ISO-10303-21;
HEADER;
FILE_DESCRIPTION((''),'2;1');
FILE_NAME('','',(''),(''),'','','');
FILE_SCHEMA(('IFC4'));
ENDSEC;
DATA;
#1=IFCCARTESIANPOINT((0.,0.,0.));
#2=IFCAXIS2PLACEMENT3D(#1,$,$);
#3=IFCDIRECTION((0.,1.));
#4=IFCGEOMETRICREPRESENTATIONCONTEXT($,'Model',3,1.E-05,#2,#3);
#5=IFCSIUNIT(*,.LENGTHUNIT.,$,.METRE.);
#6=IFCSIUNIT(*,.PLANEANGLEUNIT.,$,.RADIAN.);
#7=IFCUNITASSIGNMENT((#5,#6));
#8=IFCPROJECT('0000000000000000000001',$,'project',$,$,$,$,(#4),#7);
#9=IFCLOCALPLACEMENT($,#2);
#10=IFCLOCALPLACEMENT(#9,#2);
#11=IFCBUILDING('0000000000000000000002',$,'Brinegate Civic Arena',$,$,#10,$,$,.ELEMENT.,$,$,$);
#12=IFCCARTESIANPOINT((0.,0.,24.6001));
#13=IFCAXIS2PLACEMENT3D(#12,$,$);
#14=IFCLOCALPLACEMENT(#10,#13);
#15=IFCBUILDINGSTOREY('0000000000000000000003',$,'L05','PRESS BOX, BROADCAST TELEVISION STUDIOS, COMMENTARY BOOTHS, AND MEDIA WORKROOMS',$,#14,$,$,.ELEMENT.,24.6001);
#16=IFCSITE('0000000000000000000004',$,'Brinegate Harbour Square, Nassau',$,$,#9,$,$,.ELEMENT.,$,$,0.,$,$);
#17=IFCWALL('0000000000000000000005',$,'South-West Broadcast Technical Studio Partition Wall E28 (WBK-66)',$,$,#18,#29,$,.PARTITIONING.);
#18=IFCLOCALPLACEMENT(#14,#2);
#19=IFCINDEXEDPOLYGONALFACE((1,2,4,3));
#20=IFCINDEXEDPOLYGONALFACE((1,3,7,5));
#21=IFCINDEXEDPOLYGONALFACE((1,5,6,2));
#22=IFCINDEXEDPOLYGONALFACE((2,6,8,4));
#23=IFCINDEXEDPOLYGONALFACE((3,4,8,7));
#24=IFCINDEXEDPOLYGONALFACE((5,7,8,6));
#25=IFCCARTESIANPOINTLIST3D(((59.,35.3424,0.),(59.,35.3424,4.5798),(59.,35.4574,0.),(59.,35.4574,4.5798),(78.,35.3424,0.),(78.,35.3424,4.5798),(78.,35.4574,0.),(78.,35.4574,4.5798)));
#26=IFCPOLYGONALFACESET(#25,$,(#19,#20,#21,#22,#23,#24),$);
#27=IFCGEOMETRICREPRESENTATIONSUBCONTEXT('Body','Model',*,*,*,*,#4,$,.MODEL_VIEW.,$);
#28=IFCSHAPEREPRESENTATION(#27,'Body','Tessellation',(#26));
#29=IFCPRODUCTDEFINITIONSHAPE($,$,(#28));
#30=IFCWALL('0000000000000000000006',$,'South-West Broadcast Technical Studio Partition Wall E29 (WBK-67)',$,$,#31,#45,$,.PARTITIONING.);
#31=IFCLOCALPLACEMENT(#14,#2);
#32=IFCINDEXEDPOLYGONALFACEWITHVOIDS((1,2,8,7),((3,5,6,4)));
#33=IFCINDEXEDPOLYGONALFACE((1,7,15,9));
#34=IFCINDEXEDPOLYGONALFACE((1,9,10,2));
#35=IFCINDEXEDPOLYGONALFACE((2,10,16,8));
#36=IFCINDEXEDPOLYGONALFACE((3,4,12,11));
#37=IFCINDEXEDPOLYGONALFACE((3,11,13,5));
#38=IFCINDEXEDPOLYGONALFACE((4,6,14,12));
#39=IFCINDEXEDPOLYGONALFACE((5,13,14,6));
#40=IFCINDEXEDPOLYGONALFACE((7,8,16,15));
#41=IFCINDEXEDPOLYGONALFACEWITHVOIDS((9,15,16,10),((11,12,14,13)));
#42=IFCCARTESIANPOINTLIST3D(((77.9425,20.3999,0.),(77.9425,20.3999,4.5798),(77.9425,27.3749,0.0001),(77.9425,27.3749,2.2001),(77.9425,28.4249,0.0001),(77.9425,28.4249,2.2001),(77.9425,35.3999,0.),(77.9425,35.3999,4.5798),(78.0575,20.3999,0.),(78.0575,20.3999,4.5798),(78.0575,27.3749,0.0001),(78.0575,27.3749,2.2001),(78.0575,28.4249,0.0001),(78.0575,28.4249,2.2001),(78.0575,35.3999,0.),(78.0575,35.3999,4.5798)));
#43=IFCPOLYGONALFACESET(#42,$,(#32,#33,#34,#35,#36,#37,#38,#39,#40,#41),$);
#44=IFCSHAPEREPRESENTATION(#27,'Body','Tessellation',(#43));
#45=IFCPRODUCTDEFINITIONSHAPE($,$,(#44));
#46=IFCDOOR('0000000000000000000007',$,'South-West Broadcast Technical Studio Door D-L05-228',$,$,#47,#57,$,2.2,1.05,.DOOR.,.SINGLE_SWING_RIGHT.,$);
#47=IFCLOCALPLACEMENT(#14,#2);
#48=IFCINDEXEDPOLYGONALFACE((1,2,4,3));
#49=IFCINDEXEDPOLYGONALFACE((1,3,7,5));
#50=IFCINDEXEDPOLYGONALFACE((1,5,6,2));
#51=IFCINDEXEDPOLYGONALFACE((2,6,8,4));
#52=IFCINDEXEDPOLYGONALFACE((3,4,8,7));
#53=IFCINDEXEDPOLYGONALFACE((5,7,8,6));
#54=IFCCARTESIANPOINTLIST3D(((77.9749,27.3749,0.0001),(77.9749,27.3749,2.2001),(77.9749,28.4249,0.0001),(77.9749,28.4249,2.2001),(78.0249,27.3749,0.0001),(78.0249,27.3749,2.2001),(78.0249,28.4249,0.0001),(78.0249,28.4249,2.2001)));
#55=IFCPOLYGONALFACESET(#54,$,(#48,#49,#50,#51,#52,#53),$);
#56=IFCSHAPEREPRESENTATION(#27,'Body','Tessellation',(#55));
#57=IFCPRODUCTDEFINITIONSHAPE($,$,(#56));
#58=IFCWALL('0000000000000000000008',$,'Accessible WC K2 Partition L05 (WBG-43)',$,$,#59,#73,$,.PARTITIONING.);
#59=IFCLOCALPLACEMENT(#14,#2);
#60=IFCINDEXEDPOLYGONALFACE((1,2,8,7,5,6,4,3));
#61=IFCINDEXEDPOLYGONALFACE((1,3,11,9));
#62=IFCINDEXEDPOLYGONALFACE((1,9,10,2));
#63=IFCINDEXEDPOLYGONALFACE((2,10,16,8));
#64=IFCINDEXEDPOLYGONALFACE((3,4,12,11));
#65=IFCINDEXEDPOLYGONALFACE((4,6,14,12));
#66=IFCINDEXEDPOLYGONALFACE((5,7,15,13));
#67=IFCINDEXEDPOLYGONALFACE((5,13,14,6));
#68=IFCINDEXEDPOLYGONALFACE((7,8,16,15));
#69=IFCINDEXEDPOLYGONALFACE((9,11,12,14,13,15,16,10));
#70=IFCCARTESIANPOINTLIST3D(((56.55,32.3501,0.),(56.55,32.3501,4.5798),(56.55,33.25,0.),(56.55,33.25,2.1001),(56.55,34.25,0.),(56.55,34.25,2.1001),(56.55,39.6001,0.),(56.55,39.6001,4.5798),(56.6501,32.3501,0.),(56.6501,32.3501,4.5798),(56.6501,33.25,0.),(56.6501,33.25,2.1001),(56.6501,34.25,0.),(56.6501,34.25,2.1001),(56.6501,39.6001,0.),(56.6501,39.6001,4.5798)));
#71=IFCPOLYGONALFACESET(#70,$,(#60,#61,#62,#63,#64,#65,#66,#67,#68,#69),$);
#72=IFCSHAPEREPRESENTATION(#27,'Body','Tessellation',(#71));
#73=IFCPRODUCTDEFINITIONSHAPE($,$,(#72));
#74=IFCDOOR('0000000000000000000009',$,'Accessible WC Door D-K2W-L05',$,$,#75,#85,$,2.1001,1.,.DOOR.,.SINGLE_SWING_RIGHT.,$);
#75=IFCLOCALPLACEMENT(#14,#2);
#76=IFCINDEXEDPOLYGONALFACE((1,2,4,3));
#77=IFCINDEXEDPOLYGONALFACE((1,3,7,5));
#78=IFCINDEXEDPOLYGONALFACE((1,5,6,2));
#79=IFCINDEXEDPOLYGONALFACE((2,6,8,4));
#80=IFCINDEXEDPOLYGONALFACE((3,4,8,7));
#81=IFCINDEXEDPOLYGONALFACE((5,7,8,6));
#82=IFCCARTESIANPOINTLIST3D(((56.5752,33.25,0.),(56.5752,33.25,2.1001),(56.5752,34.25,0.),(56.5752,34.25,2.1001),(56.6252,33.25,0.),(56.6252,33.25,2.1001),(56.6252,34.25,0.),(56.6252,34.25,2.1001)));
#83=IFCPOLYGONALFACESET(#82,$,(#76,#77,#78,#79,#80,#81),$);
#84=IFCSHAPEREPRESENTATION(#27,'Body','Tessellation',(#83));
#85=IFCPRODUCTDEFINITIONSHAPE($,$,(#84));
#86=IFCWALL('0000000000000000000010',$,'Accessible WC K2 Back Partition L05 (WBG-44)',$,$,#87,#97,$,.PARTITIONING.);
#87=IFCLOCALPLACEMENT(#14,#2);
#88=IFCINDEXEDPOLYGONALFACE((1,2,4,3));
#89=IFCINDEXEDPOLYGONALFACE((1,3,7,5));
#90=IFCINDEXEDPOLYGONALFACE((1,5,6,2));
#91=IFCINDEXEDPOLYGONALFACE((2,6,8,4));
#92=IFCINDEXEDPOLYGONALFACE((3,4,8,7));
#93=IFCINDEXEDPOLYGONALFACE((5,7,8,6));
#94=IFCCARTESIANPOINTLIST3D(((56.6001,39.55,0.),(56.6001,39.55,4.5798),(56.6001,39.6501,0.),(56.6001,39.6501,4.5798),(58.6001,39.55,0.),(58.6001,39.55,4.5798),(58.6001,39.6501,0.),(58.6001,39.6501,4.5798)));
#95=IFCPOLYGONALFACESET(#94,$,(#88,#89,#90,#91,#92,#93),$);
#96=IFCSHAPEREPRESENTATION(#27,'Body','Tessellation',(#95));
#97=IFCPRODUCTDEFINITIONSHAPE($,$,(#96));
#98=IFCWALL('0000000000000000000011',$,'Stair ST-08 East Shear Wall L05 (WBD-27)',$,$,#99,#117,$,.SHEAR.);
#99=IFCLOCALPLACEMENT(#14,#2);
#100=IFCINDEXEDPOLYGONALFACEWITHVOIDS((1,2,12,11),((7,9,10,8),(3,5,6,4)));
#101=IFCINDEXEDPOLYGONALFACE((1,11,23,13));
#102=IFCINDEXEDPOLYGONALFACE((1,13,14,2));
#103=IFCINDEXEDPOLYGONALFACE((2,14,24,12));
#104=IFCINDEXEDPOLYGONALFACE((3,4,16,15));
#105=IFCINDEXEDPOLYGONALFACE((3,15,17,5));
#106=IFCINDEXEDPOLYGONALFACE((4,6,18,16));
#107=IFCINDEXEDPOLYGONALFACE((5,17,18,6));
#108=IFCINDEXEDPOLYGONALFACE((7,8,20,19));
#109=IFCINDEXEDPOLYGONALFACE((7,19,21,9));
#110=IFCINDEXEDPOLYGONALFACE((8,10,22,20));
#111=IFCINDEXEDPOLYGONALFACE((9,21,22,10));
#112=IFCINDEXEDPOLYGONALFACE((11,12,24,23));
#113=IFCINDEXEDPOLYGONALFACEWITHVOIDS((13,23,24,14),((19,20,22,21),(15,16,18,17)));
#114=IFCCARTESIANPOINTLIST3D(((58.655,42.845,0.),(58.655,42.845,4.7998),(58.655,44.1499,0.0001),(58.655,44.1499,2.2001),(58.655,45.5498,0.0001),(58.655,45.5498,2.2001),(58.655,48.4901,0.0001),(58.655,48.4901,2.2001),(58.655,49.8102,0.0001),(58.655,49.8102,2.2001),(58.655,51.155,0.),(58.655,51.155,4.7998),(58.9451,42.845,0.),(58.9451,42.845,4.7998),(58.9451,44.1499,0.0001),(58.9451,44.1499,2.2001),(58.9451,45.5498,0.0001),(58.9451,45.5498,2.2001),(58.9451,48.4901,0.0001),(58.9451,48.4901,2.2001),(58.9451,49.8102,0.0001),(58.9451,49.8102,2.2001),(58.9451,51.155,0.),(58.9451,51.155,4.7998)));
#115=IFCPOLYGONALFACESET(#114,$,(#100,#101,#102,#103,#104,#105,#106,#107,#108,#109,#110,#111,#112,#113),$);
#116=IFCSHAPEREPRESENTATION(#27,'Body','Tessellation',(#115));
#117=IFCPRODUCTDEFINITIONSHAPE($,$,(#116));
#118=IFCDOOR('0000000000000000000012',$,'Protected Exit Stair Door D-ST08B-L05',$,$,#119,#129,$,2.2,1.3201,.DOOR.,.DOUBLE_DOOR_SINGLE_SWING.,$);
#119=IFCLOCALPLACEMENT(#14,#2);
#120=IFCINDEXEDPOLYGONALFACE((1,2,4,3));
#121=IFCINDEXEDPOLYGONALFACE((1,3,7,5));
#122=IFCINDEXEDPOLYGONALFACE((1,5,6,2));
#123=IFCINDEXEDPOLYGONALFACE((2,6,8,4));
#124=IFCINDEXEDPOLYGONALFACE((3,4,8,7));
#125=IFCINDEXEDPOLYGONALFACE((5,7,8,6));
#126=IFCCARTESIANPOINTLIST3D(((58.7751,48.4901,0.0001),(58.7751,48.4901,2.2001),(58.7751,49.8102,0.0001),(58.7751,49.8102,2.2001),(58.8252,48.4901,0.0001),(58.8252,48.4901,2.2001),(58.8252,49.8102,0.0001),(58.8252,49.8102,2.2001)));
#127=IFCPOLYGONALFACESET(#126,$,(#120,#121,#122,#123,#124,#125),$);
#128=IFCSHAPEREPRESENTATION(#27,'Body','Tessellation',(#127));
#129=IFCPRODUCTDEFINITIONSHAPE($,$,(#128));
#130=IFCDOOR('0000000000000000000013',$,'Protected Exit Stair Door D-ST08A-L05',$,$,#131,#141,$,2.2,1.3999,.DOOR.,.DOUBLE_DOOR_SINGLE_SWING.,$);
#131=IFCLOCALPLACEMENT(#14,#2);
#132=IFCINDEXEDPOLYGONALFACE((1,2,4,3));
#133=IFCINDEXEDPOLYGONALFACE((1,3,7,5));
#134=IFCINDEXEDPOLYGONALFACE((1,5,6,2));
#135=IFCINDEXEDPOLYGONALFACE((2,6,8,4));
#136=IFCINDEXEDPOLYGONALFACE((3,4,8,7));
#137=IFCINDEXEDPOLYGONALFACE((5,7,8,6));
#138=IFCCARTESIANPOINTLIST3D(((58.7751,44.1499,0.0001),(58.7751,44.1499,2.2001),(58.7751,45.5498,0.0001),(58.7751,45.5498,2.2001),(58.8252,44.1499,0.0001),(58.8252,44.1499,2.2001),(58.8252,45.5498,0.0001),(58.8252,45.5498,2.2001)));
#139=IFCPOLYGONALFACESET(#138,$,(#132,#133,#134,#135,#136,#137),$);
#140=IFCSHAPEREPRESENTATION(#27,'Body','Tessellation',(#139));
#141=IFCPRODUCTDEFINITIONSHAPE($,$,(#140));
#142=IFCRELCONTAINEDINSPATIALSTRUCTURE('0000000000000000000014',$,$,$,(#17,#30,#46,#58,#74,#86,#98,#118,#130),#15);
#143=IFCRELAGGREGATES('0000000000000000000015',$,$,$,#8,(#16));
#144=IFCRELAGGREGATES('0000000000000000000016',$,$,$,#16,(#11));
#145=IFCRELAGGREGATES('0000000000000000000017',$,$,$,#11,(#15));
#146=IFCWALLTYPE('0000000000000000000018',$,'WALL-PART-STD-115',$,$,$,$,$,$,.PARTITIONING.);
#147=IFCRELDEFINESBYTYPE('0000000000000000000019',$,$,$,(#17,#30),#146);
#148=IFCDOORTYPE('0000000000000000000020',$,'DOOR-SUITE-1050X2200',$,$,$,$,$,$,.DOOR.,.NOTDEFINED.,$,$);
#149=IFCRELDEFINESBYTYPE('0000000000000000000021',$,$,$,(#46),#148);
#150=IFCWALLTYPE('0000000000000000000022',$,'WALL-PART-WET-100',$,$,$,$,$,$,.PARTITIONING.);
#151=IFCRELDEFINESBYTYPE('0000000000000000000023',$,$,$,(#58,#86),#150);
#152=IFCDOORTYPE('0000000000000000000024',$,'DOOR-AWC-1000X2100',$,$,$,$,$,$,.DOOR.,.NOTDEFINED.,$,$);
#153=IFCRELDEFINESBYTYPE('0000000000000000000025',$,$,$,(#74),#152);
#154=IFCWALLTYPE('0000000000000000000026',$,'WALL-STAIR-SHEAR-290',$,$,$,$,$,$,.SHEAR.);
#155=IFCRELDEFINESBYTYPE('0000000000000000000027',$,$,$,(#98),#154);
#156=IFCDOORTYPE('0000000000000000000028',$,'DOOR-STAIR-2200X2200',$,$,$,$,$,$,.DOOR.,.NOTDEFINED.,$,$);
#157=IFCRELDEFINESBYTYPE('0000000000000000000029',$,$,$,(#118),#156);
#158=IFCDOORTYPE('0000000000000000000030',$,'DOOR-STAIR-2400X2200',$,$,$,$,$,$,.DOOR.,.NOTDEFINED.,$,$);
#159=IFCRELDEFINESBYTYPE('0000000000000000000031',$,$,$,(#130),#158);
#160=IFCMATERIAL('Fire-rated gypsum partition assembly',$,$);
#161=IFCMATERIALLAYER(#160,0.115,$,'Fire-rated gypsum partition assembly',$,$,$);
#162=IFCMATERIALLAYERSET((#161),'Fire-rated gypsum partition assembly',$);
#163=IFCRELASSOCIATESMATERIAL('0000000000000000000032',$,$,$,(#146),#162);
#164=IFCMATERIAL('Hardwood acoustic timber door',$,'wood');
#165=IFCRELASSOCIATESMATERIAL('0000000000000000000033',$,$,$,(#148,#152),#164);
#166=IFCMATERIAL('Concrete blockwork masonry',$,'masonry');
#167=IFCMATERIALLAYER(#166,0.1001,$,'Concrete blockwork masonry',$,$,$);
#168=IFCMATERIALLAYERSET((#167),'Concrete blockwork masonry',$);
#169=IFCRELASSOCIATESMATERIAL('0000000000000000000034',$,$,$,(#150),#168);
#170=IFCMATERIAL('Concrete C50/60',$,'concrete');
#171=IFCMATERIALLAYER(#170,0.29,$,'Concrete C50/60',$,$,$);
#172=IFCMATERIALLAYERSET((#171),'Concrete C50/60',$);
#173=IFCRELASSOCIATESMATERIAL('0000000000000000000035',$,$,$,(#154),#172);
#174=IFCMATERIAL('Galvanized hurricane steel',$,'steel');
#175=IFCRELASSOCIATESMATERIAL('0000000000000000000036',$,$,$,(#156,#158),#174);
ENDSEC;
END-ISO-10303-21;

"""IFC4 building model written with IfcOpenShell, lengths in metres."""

from ifc_helpers import new_model, si_unit, direction, frame, frame_2d, origin, place, context, subcontext, project, spatial, rectangle, extrude, material, layer, layer_set, type_object, element, fill, save


model = new_model("IFC4")

# Units and contexts
model_context = context("Model", 3, precision=1e-05, world=origin(), true_north=direction((0.0, 1.0)))
body_context = subcontext(model_context, "Body", "Model", "MODEL_VIEW")
ifc_project = project(units=[si_unit("LENGTHUNIT", "METRE"), si_unit("PLANEANGLEUNIT", "RADIAN")], contexts=[model_context])

# Site, building, storey
site_placement = place(None, origin())
site = spatial("IfcSite", under=ifc_project, at=site_placement, Name="Brinegate Harbour Square, Nassau", CompositionType="ELEMENT", RefElevation=0.0)
building_placement = place(site_placement, origin())
building = spatial("IfcBuilding", under=site, at=building_placement, Name="Brinegate Civic Arena", CompositionType="ELEMENT")
storey_placement = place(building_placement, frame((0.0, 0.0, 24.6001)))
storey = spatial("IfcBuildingStorey", under=building, at=storey_placement, Name="L05", Description="PRESS BOX, BROADCAST TELEVISION STUDIOS, COMMENTARY BOOTHS, AND MEDIA WORKROOMS", CompositionType="ELEMENT", Elevation=24.6001)

# Shared definitions
ifc_material_1 = material(Name="Concrete C50/60", Category="concrete")

# Shared definitions
ifc_material_2 = material(Name="Fire-rated gypsum partition assembly")
ifc_material_3 = material(Name="Hardwood acoustic timber door", Category="wood")

# Wall
ifc_layer_1 = layer(ifc_material_2, 0.115, Name="Fire-rated gypsum partition assembly")
ifc_layer_set_1 = layer_set([ifc_layer_1], Name="Fire-rated gypsum partition assembly")
wall_type_1 = type_object("IfcWallType", Name="WALL-PART-STD-115", PredefinedType="PARTITIONING", material=ifc_layer_set_1)
wall_1_placement = place(storey_placement, frame((59.0, 35.3999, 0.0), z_axis=(0.0, 0.0, 1.0), x_axis=(1.0, 0.0, 0.0)))
element("IfcWall", 1, at=wall_1_placement, inside=storey, type_object=wall_type_1, Name="South-West Broadcast Technical Studio Partition Wall E28 (WBK-66)", PredefinedType="PARTITIONING", context=body_context, shape_type="SweptSolid", body=[
    extrude(rectangle(XDim=19.0, YDim=0.115, at=frame_2d((9.5, 0.0))), origin(), (0.0, 0.0, 1.0), 4.5798),
])

# Walls, openings, doors
wall_2_placement = place(storey_placement, frame((78.0, 35.3999, 0.0), z_axis=(0.0, 0.0, 1.0), x_axis=(0.0, -1.0, 0.0)))
wall_2 = element("IfcWall", 2, at=wall_2_placement, inside=storey, type_object=wall_type_1, Name="South-West Broadcast Technical Studio Partition Wall E29 (WBK-67)", PredefinedType="PARTITIONING", context=body_context, shape_type="SweptSolid", body=[
    extrude(rectangle(XDim=15.0, YDim=0.115, at=frame_2d((7.5, 0.0))), origin(), (0.0, 0.0, 1.0), 4.5798),
])
opening_1_placement = place(wall_2_placement, frame((6.9751, 0.0, 0.0)))
opening_1 = element("IfcOpeningElement", 3, at=opening_1_placement, cuts=wall_2, PredefinedType="OPENING", context=body_context, shape_type="SweptSolid", body=[
    extrude(rectangle(XDim=1.05, YDim=2.2, at=frame_2d((0.5249, 1.1001))), frame((0.0, 0.0674, 0.0), z_axis=(0.0, -1.0, 0.0), x_axis=(1.0, 0.0, 0.0)), (0.0, 0.0, 1.0), 0.135),
])
door_type_1 = type_object("IfcDoorType", Name="DOOR-SUITE-1050X2200", OperationType="NOTDEFINED", PredefinedType="DOOR", material=ifc_material_3)
door_1_placement = place(opening_1_placement, origin())
door_1 = element("IfcDoor", 4, at=door_1_placement, inside=storey, type_object=door_type_1, Name="South-West Broadcast Technical Studio Door D-L05-228", OperationType="SINGLE_SWING_RIGHT", OverallHeight=2.2, OverallWidth=1.05, PredefinedType="DOOR", context=body_context, shape_type="SweptSolid", body=[
    extrude(rectangle(XDim=1.05, YDim=2.2, at=frame_2d((0.5249, 1.1001))), frame((0.0, 0.0249, 0.0), z_axis=(0.0, -1.0, 0.0), x_axis=(1.0, 0.0, 0.0)), (0.0, 0.0, 1.0), 0.05),
])
fill(opening_1, door_1)
ifc_material_4 = material(Name="Concrete blockwork masonry", Category="masonry")
ifc_layer_2 = layer(ifc_material_4, 0.1001, Name="Concrete blockwork masonry")
ifc_layer_set_2 = layer_set([ifc_layer_2], Name="Concrete blockwork masonry")
wall_type_2 = type_object("IfcWallType", Name="WALL-PART-WET-100", PredefinedType="PARTITIONING", material=ifc_layer_set_2)
wall_3_placement = place(storey_placement, frame((56.6001, 32.3501, 0.0), z_axis=(0.0, 0.0, 1.0), x_axis=(0.0, 1.0, 0.0)))
wall_3 = element("IfcWall", 5, at=wall_3_placement, inside=storey, type_object=wall_type_2, Name="Accessible WC K2 Partition L05 (WBG-43)", PredefinedType="PARTITIONING", context=body_context, shape_type="SweptSolid", body=[
    extrude(rectangle(XDim=7.25, YDim=0.1001, at=frame_2d((3.625, 0.0))), origin(), (0.0, 0.0, 1.0), 4.5798),
])
opening_2_placement = place(wall_3_placement, frame((0.8999, 0.0, 0.0)))
opening_2 = element("IfcOpeningElement", 6, at=opening_2_placement, cuts=wall_3, PredefinedType="OPENING", context=body_context, shape_type="SweptSolid", body=[
    extrude(rectangle(XDim=1.0, YDim=2.1001, at=frame_2d((0.5, 1.05))), frame((0.0, 0.0601, 0.0), z_axis=(0.0, -1.0, 0.0), x_axis=(1.0, 0.0, 0.0)), (0.0, 0.0, 1.0), 0.1201),
])
door_type_2 = type_object("IfcDoorType", Name="DOOR-AWC-1000X2100", OperationType="NOTDEFINED", PredefinedType="DOOR", material=ifc_material_3)
door_2_placement = place(opening_2_placement, origin())
door_2 = element("IfcDoor", 7, at=door_2_placement, inside=storey, type_object=door_type_2, Name="Accessible WC Door D-K2W-L05", OperationType="SINGLE_SWING_RIGHT", OverallHeight=2.1001, OverallWidth=1.0, PredefinedType="DOOR", context=body_context, shape_type="SweptSolid", body=[
    extrude(rectangle(XDim=1.0, YDim=2.1001, at=frame_2d((0.5, 1.05))), frame((0.0, 0.0249, 0.0), z_axis=(0.0, -1.0, 0.0), x_axis=(1.0, 0.0, 0.0)), (0.0, 0.0, 1.0), 0.05),
])
fill(opening_2, door_2)

# Wall
wall_4_placement = place(storey_placement, frame((56.6001, 39.6001, 0.0), z_axis=(0.0, 0.0, 1.0), x_axis=(1.0, 0.0, 0.0)))
element("IfcWall", 8, at=wall_4_placement, inside=storey, type_object=wall_type_2, Name="Accessible WC K2 Back Partition L05 (WBG-44)", PredefinedType="PARTITIONING", context=body_context, shape_type="SweptSolid", body=[
    extrude(rectangle(XDim=2.0, YDim=0.1001, at=frame_2d((1.0, 0.0))), origin(), (0.0, 0.0, 1.0), 4.5798),
])

# Wall, openings, doors
ifc_layer_3 = layer(ifc_material_1, 0.29, Name="Concrete C50/60")
ifc_layer_set_3 = layer_set([ifc_layer_3], Name="Concrete C50/60")
wall_type_3 = type_object("IfcWallType", Name="WALL-STAIR-SHEAR-290", PredefinedType="SHEAR", material=ifc_layer_set_3)
wall_5_placement = place(storey_placement, frame((58.8, 42.845, 0.0), z_axis=(0.0, 0.0, 1.0), x_axis=(0.0, 1.0, 0.0)))
wall_5 = element("IfcWall", 9, at=wall_5_placement, inside=storey, type_object=wall_type_3, Name="Stair ST-08 East Shear Wall L05 (WBD-27)", PredefinedType="SHEAR", context=body_context, shape_type="SweptSolid", body=[
    extrude(rectangle(XDim=8.3101, YDim=0.29, at=frame_2d((4.155, 0.0))), origin(), (0.0, 0.0, 1.0), 4.7998),
])
opening_3_placement = place(wall_5_placement, frame((1.3049, 0.0, 0.0)))
opening_3 = element("IfcOpeningElement", 10, at=opening_3_placement, cuts=wall_5, PredefinedType="OPENING", context=body_context, shape_type="SweptSolid", body=[
    extrude(rectangle(XDim=1.3999, YDim=2.2, at=frame_2d((0.7, 1.1001))), frame((0.0, 0.155, 0.0), z_axis=(0.0, -1.0, 0.0), x_axis=(1.0, 0.0, 0.0)), (0.0, 0.0, 1.0), 0.3101),
])
opening_4_placement = place(wall_5_placement, frame((5.645, 0.0, 0.0)))
opening_4 = element("IfcOpeningElement", 11, at=opening_4_placement, cuts=wall_5, PredefinedType="OPENING", context=body_context, shape_type="SweptSolid", body=[
    extrude(rectangle(XDim=1.3201, YDim=2.2, at=frame_2d((0.6602, 1.1001))), frame((0.0, 0.155, 0.0), z_axis=(0.0, -1.0, 0.0), x_axis=(1.0, 0.0, 0.0)), (0.0, 0.0, 1.0), 0.3101),
])
ifc_material_5 = material(Name="Galvanized hurricane steel", Category="steel")
door_type_3 = type_object("IfcDoorType", Name="DOOR-STAIR-2200X2200", OperationType="NOTDEFINED", PredefinedType="DOOR", material=ifc_material_5)
door_3_placement = place(opening_4_placement, origin())
door_3 = element("IfcDoor", 12, at=door_3_placement, inside=storey, type_object=door_type_3, Name="Protected Exit Stair Door D-ST08B-L05", OperationType="DOUBLE_DOOR_SINGLE_SWING", OverallHeight=2.2, OverallWidth=1.3201, PredefinedType="DOOR", context=body_context, shape_type="SweptSolid", body=[
    extrude(rectangle(XDim=1.3201, YDim=2.2, at=frame_2d((0.6602, 1.1001))), frame((0.0, 0.0249, 0.0), z_axis=(0.0, -1.0, 0.0), x_axis=(1.0, 0.0, 0.0)), (0.0, 0.0, 1.0), 0.05),
])
fill(opening_4, door_3)
door_type_4 = type_object("IfcDoorType", Name="DOOR-STAIR-2400X2200", OperationType="NOTDEFINED", PredefinedType="DOOR", material=ifc_material_5)
door_4_placement = place(opening_3_placement, origin())
door_4 = element("IfcDoor", 13, at=door_4_placement, inside=storey, type_object=door_type_4, Name="Protected Exit Stair Door D-ST08A-L05", OperationType="DOUBLE_DOOR_SINGLE_SWING", OverallHeight=2.2, OverallWidth=1.3999, PredefinedType="DOOR", context=body_context, shape_type="SweptSolid", body=[
    extrude(rectangle(XDim=1.3999, YDim=2.2, at=frame_2d((0.7, 1.1001))), frame((0.0, 0.0249, 0.0), z_axis=(0.0, -1.0, 0.0), x_axis=(1.0, 0.0, 0.0)), (0.0, 0.0, 1.0), 0.05),
])
fill(opening_3, door_4)

save(model, "model.ifc")
